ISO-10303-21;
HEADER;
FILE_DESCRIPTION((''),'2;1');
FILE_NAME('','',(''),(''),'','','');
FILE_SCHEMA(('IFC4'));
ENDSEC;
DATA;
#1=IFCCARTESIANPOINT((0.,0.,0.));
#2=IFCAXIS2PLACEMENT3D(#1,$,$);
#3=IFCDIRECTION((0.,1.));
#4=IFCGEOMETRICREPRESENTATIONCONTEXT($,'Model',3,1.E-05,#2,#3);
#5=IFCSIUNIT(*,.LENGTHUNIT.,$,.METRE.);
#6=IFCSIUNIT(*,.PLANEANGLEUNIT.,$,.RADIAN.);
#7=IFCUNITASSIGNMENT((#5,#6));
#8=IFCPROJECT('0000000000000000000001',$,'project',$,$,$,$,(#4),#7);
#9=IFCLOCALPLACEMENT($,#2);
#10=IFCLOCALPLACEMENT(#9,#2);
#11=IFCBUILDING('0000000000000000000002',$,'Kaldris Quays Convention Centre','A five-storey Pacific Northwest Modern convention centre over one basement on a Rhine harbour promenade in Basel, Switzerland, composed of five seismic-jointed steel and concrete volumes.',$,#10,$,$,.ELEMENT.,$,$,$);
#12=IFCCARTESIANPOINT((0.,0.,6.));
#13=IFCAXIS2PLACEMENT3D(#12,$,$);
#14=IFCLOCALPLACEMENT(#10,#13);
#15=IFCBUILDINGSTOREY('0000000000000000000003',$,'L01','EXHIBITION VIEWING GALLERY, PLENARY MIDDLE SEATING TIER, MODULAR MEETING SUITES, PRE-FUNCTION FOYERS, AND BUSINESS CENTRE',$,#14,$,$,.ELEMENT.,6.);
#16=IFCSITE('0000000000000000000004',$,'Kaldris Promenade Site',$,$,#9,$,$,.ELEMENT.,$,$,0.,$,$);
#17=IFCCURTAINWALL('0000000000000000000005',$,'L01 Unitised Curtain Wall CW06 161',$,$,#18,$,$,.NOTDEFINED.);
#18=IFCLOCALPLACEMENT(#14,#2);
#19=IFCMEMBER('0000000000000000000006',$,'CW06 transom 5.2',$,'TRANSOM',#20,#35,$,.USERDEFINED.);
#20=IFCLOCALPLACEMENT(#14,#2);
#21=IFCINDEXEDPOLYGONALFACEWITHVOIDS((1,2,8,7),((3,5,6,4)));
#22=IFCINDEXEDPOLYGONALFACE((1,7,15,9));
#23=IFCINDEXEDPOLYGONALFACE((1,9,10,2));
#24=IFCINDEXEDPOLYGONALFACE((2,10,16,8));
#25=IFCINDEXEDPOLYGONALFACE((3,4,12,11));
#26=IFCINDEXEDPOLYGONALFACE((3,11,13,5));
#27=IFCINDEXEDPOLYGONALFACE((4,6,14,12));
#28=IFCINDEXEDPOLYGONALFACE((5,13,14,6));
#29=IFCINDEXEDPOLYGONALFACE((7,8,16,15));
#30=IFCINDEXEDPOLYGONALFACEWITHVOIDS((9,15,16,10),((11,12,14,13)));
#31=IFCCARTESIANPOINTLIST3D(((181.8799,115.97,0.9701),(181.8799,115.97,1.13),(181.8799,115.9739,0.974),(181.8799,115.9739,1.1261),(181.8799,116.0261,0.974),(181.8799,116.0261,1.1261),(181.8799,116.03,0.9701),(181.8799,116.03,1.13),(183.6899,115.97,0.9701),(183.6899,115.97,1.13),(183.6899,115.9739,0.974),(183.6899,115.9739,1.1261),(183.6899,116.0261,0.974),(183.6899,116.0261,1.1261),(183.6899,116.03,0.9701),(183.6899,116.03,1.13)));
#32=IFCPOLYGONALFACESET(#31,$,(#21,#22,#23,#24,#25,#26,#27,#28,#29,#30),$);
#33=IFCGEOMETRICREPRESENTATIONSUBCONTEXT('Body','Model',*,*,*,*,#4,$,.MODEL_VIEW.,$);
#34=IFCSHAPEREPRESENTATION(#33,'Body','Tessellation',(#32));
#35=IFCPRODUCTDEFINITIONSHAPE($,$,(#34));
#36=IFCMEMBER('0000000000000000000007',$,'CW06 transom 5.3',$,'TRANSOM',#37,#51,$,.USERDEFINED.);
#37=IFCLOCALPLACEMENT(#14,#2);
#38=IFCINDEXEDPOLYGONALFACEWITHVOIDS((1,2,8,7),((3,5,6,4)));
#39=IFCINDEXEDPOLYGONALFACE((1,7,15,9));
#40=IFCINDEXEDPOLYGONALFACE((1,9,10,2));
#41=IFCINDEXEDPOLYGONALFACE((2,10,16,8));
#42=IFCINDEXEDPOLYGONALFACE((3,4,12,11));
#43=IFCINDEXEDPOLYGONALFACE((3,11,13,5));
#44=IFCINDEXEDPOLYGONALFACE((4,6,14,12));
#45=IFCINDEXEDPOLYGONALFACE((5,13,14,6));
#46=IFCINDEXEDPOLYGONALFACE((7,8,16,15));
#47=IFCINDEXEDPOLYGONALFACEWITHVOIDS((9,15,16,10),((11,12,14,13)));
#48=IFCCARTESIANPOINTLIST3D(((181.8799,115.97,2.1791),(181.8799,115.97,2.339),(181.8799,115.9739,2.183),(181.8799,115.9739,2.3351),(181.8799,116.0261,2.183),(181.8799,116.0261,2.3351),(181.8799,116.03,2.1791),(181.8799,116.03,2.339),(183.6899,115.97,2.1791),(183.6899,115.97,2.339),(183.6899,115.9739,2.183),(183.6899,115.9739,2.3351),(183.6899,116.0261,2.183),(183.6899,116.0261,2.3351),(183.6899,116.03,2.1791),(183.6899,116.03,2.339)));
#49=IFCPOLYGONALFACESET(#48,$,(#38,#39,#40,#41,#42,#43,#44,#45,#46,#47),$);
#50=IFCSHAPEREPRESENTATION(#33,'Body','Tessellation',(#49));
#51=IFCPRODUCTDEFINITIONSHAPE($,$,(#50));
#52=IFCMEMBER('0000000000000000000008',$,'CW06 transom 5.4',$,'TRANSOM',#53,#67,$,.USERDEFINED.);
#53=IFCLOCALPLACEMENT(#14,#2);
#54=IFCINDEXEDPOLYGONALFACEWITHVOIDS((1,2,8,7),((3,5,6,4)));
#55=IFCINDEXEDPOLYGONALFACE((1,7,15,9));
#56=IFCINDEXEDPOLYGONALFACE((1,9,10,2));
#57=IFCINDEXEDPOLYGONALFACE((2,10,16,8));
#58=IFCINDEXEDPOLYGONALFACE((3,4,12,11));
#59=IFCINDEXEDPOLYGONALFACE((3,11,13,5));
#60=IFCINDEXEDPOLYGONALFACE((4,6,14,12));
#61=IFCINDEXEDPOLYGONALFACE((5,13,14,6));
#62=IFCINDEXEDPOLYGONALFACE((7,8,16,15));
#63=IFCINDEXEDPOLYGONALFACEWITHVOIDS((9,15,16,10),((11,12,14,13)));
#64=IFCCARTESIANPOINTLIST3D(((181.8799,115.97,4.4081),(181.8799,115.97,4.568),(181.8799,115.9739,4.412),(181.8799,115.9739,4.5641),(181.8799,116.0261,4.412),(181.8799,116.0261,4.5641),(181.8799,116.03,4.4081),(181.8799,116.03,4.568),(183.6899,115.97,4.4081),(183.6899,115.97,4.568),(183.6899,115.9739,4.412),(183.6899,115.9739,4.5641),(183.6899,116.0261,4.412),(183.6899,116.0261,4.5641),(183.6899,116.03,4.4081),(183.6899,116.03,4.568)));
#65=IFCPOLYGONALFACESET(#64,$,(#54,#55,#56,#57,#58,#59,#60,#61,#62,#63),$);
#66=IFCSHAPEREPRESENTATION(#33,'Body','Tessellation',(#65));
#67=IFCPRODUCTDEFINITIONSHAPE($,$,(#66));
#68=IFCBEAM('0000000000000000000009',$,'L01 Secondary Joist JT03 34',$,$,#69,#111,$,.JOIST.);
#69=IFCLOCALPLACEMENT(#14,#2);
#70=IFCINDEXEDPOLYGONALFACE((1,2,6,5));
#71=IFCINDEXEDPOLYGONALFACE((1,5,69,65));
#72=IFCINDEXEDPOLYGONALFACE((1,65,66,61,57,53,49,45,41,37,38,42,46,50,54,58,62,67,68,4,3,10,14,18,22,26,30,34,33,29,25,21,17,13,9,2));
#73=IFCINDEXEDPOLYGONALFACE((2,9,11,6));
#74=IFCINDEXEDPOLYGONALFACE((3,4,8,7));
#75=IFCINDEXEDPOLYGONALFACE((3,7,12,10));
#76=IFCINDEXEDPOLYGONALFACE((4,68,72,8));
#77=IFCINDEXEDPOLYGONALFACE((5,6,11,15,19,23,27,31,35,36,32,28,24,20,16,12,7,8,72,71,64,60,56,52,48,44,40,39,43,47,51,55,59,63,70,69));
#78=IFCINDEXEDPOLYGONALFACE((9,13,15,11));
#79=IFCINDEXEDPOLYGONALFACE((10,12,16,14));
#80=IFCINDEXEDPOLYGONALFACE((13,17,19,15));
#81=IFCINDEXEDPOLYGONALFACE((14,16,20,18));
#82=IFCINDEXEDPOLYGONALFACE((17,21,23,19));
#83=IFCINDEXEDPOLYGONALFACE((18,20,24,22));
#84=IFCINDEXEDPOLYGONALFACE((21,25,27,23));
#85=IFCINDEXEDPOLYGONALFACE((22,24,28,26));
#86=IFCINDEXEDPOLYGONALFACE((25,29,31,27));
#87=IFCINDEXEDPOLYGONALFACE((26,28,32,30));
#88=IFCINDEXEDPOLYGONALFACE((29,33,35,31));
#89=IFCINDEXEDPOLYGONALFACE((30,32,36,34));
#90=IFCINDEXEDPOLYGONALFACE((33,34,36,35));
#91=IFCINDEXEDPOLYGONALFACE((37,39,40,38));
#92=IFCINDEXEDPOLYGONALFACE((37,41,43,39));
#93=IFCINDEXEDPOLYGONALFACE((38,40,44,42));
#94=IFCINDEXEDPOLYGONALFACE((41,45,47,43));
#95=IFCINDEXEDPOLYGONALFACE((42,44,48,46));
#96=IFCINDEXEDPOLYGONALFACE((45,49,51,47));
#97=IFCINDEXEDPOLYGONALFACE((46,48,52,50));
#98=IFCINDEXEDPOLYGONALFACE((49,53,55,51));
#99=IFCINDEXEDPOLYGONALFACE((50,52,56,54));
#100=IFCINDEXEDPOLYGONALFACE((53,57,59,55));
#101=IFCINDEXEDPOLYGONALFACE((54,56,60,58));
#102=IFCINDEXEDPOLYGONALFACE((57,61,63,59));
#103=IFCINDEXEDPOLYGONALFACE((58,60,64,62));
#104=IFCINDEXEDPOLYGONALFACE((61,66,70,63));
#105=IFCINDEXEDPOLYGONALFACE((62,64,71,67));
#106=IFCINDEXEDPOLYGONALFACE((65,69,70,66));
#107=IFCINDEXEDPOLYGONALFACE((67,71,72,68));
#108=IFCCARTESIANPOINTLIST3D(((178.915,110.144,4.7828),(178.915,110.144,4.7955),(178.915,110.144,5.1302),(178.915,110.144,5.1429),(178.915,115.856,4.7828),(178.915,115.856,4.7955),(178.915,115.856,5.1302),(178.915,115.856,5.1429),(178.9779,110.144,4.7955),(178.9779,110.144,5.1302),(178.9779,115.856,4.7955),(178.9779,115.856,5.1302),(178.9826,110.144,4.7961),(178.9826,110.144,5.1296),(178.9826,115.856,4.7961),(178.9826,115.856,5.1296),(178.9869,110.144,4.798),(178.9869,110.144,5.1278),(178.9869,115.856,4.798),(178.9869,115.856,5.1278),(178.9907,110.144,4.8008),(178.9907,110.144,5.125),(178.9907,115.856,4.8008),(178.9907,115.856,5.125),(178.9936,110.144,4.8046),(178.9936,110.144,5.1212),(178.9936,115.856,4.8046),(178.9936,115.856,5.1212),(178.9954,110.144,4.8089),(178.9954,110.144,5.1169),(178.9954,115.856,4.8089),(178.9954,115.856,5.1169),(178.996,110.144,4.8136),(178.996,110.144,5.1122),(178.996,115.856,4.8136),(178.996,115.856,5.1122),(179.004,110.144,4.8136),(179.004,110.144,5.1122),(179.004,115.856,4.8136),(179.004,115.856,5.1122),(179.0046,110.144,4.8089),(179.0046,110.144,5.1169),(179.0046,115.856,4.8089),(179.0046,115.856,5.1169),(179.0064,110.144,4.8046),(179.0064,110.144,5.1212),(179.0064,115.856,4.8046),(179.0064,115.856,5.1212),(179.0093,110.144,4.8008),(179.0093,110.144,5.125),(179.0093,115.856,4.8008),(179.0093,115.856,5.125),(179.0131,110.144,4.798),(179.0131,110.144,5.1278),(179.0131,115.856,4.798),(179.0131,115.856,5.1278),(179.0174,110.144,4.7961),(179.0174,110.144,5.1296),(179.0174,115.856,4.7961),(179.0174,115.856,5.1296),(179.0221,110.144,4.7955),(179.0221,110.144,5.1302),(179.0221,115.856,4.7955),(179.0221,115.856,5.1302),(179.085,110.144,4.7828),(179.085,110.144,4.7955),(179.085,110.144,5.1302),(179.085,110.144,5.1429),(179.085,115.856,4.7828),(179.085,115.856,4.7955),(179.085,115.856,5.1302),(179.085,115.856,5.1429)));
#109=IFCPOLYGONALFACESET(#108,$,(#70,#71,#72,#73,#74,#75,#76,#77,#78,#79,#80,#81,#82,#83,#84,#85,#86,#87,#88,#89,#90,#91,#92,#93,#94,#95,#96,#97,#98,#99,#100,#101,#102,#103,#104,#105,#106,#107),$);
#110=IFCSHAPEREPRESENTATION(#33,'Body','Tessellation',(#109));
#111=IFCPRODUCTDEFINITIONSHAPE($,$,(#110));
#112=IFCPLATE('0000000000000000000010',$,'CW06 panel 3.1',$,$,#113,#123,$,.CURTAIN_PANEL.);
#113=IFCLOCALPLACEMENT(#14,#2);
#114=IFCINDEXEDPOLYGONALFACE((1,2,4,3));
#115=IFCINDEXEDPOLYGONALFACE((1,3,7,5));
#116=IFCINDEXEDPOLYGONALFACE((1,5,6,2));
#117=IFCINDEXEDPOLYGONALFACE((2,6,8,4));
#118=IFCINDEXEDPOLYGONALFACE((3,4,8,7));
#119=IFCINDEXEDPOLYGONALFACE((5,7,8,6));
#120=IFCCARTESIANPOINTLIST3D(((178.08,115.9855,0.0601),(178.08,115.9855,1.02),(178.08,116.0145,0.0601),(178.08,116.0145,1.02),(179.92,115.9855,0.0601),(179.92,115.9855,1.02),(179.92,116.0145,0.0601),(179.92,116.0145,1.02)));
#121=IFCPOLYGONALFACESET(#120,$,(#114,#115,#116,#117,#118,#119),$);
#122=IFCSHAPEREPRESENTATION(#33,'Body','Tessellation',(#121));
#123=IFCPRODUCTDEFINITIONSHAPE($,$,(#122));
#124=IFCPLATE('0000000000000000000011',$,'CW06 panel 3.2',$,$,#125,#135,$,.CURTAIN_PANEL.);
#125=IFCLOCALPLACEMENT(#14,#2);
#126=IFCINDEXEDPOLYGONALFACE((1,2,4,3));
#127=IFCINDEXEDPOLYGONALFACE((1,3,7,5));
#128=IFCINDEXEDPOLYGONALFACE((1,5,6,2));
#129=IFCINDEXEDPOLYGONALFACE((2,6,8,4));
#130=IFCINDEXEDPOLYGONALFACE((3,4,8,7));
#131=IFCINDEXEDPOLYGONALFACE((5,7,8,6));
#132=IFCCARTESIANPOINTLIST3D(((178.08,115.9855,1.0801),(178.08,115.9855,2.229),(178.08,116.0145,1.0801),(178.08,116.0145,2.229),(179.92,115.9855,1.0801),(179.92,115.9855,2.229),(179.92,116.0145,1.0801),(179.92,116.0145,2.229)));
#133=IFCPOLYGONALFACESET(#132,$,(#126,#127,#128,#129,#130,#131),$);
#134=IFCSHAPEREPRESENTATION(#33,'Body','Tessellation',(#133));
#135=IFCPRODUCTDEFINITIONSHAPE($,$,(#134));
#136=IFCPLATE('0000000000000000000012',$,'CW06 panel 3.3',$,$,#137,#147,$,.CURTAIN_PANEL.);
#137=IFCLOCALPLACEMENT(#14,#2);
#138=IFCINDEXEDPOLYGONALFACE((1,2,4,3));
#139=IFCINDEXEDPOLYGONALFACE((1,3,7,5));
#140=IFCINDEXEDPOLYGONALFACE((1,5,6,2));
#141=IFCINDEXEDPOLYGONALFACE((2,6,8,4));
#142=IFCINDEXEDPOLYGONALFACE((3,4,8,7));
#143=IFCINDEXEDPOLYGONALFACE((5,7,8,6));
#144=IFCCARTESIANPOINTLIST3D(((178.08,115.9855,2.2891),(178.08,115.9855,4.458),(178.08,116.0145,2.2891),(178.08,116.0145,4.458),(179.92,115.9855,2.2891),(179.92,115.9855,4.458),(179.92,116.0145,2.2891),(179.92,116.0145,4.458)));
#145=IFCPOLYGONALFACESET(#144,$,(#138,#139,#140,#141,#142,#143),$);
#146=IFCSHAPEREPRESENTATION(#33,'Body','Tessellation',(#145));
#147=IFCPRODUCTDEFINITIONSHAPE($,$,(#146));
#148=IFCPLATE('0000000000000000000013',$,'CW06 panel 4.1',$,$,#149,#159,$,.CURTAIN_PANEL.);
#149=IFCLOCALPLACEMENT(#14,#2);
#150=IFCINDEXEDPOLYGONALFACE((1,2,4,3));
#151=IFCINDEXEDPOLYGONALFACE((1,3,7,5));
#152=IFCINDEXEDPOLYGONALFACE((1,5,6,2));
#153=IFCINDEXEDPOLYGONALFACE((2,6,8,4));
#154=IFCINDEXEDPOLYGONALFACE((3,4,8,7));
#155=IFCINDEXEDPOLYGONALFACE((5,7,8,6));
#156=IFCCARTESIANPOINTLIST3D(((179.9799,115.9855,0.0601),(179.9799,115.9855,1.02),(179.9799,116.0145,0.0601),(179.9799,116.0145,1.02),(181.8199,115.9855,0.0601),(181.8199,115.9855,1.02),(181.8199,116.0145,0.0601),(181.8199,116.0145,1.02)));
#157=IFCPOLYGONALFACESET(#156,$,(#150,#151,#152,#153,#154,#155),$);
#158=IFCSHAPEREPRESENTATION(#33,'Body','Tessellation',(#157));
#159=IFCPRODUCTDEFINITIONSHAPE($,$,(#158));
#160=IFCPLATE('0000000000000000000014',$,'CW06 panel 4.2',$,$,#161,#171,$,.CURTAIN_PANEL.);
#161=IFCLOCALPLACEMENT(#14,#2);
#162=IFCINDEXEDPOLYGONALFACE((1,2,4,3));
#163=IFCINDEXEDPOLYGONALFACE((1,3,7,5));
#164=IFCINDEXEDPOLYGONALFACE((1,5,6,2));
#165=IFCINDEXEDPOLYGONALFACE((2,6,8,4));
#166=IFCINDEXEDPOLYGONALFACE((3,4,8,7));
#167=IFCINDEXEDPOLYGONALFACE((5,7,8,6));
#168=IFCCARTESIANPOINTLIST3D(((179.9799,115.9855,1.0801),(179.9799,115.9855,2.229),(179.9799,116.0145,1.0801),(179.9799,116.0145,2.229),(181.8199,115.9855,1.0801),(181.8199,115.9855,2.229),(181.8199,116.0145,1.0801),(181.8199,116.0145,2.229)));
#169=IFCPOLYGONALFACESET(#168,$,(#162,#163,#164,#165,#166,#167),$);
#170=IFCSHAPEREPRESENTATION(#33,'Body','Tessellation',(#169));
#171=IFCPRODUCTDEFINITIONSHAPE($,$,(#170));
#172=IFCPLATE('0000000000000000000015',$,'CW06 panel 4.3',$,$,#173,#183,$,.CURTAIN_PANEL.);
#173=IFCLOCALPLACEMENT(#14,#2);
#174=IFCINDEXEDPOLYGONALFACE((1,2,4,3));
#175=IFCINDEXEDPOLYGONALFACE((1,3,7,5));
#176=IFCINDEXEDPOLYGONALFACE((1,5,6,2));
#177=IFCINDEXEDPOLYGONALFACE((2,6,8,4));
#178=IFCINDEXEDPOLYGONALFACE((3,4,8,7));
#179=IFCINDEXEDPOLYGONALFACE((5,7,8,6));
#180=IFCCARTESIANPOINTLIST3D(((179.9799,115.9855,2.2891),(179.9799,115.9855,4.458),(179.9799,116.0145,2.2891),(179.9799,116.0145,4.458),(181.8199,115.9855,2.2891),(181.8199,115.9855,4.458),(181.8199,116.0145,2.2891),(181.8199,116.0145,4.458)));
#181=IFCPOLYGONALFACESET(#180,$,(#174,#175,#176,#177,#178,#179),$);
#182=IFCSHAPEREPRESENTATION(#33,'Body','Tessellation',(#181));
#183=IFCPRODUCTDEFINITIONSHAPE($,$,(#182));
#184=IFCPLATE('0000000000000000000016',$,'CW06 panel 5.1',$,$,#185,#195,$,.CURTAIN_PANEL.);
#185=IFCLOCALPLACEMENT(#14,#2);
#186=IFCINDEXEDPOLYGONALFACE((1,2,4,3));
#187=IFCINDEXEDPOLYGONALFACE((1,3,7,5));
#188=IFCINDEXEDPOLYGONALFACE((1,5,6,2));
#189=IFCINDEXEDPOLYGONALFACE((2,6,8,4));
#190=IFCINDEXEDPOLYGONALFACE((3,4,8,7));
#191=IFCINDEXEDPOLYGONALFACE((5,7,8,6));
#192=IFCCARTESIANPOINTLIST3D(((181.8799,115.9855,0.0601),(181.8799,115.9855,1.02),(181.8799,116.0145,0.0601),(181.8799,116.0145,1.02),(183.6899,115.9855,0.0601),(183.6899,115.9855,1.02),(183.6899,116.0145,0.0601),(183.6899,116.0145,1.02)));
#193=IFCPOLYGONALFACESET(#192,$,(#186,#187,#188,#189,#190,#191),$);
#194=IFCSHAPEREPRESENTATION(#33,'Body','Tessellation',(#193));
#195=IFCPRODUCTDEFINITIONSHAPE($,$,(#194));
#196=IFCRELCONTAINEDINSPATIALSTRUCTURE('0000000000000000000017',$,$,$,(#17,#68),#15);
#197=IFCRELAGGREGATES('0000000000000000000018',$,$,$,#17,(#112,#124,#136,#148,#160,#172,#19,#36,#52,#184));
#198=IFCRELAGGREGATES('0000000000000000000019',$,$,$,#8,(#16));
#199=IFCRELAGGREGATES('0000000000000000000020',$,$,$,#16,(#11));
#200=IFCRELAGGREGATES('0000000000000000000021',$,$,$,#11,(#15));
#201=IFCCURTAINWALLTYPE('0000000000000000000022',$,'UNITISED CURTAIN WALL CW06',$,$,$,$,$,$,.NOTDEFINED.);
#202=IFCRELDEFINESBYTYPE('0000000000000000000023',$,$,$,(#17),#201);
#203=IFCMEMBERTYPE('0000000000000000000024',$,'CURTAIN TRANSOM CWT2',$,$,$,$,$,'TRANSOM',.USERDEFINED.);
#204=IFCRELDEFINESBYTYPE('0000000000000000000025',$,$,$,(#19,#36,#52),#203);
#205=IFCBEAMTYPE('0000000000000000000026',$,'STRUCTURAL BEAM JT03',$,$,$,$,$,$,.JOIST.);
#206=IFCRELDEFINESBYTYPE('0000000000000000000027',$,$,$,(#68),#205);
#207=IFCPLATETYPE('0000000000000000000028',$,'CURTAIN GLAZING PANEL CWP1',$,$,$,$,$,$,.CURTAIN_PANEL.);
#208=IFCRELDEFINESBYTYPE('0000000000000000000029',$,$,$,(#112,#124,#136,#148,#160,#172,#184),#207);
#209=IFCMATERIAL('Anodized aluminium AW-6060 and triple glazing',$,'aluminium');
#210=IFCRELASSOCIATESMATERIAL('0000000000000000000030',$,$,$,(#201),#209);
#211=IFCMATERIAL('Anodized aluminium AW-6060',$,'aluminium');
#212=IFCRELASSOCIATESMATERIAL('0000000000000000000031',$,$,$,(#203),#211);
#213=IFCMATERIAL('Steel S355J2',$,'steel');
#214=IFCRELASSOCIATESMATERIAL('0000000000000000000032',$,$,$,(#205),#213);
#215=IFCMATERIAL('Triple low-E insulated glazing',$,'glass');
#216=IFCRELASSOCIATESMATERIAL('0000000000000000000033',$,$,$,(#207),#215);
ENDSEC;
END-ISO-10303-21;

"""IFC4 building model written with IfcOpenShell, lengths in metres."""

from ifc_helpers import new_model, si_unit, direction, frame, origin, origin_2d, place, context, subcontext, project, spatial, rectangle, hollow_rectangle, i_section, extrude, material, material_profile, profile_set, type_object, element, aggregate, save


model = new_model("IFC4")

# Units and contexts
model_context = context("Model", 3, precision=1e-05, world=origin(), true_north=direction((0.0, 1.0)))
body_context = subcontext(model_context, "Body", "Model", "MODEL_VIEW")
ifc_project = project(units=[si_unit("LENGTHUNIT", "METRE"), si_unit("PLANEANGLEUNIT", "RADIAN")], contexts=[model_context])

# Site, building, storey
site_placement = place(None, origin())
site = spatial("IfcSite", under=ifc_project, at=site_placement, Name="Kaldris Promenade Site", CompositionType="ELEMENT", RefElevation=0.0)
building_placement = place(site_placement, origin())
building = spatial("IfcBuilding", under=site, at=building_placement, Name="Kaldris Quays Convention Centre", Description="A five-storey Pacific Northwest Modern convention centre over one basement on a Rhine harbour promenade in Basel, Switzerland, composed of five seismic-jointed steel and concrete volumes.", CompositionType="ELEMENT")
storey_placement = place(building_placement, frame((0.0, 0.0, 6.0)))
storey = spatial("IfcBuildingStorey", under=building, at=storey_placement, Name="L01", Description="EXHIBITION VIEWING GALLERY, PLENARY MIDDLE SEATING TIER, MODULAR MEETING SUITES, PRE-FUNCTION FOYERS, AND BUSINESS CENTRE", CompositionType="ELEMENT", Elevation=6.0)

# Curtain wall, members
ifc_material_1 = material(Name="Anodized aluminium AW-6060 and triple glazing", Category="aluminium")
curtain_wall_type = type_object("IfcCurtainWallType", Name="UNITISED CURTAIN WALL CW06", PredefinedType="NOTDEFINED", material=ifc_material_1)
curtain_wall_placement = place(storey_placement, origin())
curtain_wall = element("IfcCurtainWall", 1, at=curtain_wall_placement, inside=storey, type_object=curtain_wall_type, Name="L01 Unitised Curtain Wall CW06 161", PredefinedType="NOTDEFINED")
ifc_material_2 = material(Name="Anodized aluminium AW-6060", Category="aluminium")
ifc_material_profile_1 = material_profile(ifc_material_2, hollow_rectangle(XDim=0.0601, YDim=0.1599, WallThickness=0.0039, at=origin_2d()), Name="RHS 160x60x4")
ifc_profile_set_1 = profile_set([ifc_material_profile_1], Name="Anodized aluminium AW-6060")
member_type_1 = type_object("IfcMemberType", Name="CURTAIN TRANSOM CWT2", ElementType="TRANSOM", PredefinedType="USERDEFINED", material=ifc_profile_set_1)
member_1_placement = place(storey_placement, frame((181.8799, 116.0, 1.05), z_axis=(1.0, 0.0, 0.0), x_axis=(0.0, 1.0, 0.0)))
member_1 = element("IfcMember", 2, at=member_1_placement, type_object=member_type_1, Name="CW06 transom 5.2", ObjectType="TRANSOM", PredefinedType="USERDEFINED", context=body_context, shape_type="SweptSolid", body=[
    extrude(hollow_rectangle(XDim=0.0601, YDim=0.1599, WallThickness=0.0039, at=origin_2d()), origin(), (0.0, 0.0, 1.0), 1.8101),
])
member_2_placement = place(storey_placement, frame((181.8799, 116.0, 2.259), z_axis=(1.0, 0.0, 0.0), x_axis=(0.0, 1.0, 0.0)))
member_2 = element("IfcMember", 3, at=member_2_placement, type_object=member_type_1, Name="CW06 transom 5.3", ObjectType="TRANSOM", PredefinedType="USERDEFINED", context=body_context, shape_type="SweptSolid", body=[
    extrude(hollow_rectangle(XDim=0.0601, YDim=0.1599, WallThickness=0.0039, at=origin_2d()), origin(), (0.0, 0.0, 1.0), 1.8101),
])
member_3_placement = place(storey_placement, frame((181.8799, 116.0, 4.488), z_axis=(1.0, 0.0, 0.0), x_axis=(0.0, 1.0, 0.0)))
member_3 = element("IfcMember", 4, at=member_3_placement, type_object=member_type_1, Name="CW06 transom 5.4", ObjectType="TRANSOM", PredefinedType="USERDEFINED", context=body_context, shape_type="SweptSolid", body=[
    extrude(hollow_rectangle(XDim=0.0601, YDim=0.1599, WallThickness=0.0039, at=origin_2d()), origin(), (0.0, 0.0, 1.0), 1.8101),
])

# Beam
ifc_material_3 = material(Name="Steel S355J2", Category="steel")
ifc_material_profile_2 = material_profile(ifc_material_3, i_section(OverallWidth=0.1699, OverallDepth=0.3601, WebThickness=0.0081, FlangeThickness=0.0127, FilletRadius=0.0181, at=origin_2d()), Name="IPE 360")
ifc_profile_set_2 = profile_set([ifc_material_profile_2], Name="Steel S355J2")
beam_type = type_object("IfcBeamType", Name="STRUCTURAL BEAM JT03", PredefinedType="JOIST", material=ifc_profile_set_2)
beam_placement = place(storey_placement, frame((179.0, 110.144, 4.9629), z_axis=(0.0, 1.0, 0.0), x_axis=(-1.0, 0.0, 0.0)))
element("IfcBeam", 5, at=beam_placement, inside=storey, type_object=beam_type, Name="L01 Secondary Joist JT03 34", PredefinedType="JOIST", context=body_context, shape_type="SweptSolid", body=[
    extrude(i_section(OverallWidth=0.1699, OverallDepth=0.3601, WebThickness=0.0081, FlangeThickness=0.0127, FilletRadius=0.0181, at=origin_2d()), origin(), (0.0, 0.0, 1.0), 5.7119),
])

# Plates
ifc_material_4 = material(Name="Triple low-E insulated glazing", Category="glass")
plate_type = type_object("IfcPlateType", Name="CURTAIN GLAZING PANEL CWP1", PredefinedType="CURTAIN_PANEL", material=ifc_material_4)
plate_1_placement = place(storey_placement, frame((179.0, 116.0, 0.0601), z_axis=(0.0, 0.0, 1.0), x_axis=(1.0, 0.0, 0.0)))
plate_1 = element("IfcPlate", 6, at=plate_1_placement, type_object=plate_type, Name="CW06 panel 3.1", PredefinedType="CURTAIN_PANEL", context=body_context, shape_type="SweptSolid", body=[
    extrude(rectangle(XDim=1.8401, YDim=0.0291, at=origin_2d()), origin(), (0.0, 0.0, 1.0), 0.96),
])
plate_2_placement = place(storey_placement, frame((179.0, 116.0, 1.0801), z_axis=(0.0, 0.0, 1.0), x_axis=(1.0, 0.0, 0.0)))
plate_2 = element("IfcPlate", 7, at=plate_2_placement, type_object=plate_type, Name="CW06 panel 3.2", PredefinedType="CURTAIN_PANEL", context=body_context, shape_type="SweptSolid", body=[
    extrude(rectangle(XDim=1.8401, YDim=0.0291, at=origin_2d()), origin(), (0.0, 0.0, 1.0), 1.1489),
])
plate_3_placement = place(storey_placement, frame((179.0, 116.0, 2.2891), z_axis=(0.0, 0.0, 1.0), x_axis=(1.0, 0.0, 0.0)))
plate_3 = element("IfcPlate", 8, at=plate_3_placement, type_object=plate_type, Name="CW06 panel 3.3", PredefinedType="CURTAIN_PANEL", context=body_context, shape_type="SweptSolid", body=[
    extrude(rectangle(XDim=1.8401, YDim=0.0291, at=origin_2d()), origin(), (0.0, 0.0, 1.0), 2.1689),
])
plate_4_placement = place(storey_placement, frame((180.8999, 116.0, 0.0601), z_axis=(0.0, 0.0, 1.0), x_axis=(1.0, 0.0, 0.0)))
plate_4 = element("IfcPlate", 9, at=plate_4_placement, type_object=plate_type, Name="CW06 panel 4.1", PredefinedType="CURTAIN_PANEL", context=body_context, shape_type="SweptSolid", body=[
    extrude(rectangle(XDim=1.8401, YDim=0.0291, at=origin_2d()), origin(), (0.0, 0.0, 1.0), 0.96),
])
plate_5_placement = place(storey_placement, frame((180.8999, 116.0, 1.0801), z_axis=(0.0, 0.0, 1.0), x_axis=(1.0, 0.0, 0.0)))
plate_5 = element("IfcPlate", 10, at=plate_5_placement, type_object=plate_type, Name="CW06 panel 4.2", PredefinedType="CURTAIN_PANEL", context=body_context, shape_type="SweptSolid", body=[
    extrude(rectangle(XDim=1.8401, YDim=0.0291, at=origin_2d()), origin(), (0.0, 0.0, 1.0), 1.1489),
])
plate_6_placement = place(storey_placement, frame((180.8999, 116.0, 2.2891), z_axis=(0.0, 0.0, 1.0), x_axis=(1.0, 0.0, 0.0)))
plate_6 = element("IfcPlate", 11, at=plate_6_placement, type_object=plate_type, Name="CW06 panel 4.3", PredefinedType="CURTAIN_PANEL", context=body_context, shape_type="SweptSolid", body=[
    extrude(rectangle(XDim=1.8401, YDim=0.0291, at=origin_2d()), origin(), (0.0, 0.0, 1.0), 2.1689),
])
plate_7_placement = place(storey_placement, frame((182.7849, 116.0, 0.0601), z_axis=(0.0, 0.0, 1.0), x_axis=(1.0, 0.0, 0.0)))
plate_7 = element("IfcPlate", 12, at=plate_7_placement, type_object=plate_type, Name="CW06 panel 5.1", PredefinedType="CURTAIN_PANEL", context=body_context, shape_type="SweptSolid", body=[
    extrude(rectangle(XDim=1.8101, YDim=0.0291, at=origin_2d()), origin(), (0.0, 0.0, 1.0), 0.96),
])
aggregate(curtain_wall, [plate_1, plate_2, plate_3, plate_4, plate_5, plate_6, member_1, member_2, member_3, plate_7])

save(model, "model.ifc")
